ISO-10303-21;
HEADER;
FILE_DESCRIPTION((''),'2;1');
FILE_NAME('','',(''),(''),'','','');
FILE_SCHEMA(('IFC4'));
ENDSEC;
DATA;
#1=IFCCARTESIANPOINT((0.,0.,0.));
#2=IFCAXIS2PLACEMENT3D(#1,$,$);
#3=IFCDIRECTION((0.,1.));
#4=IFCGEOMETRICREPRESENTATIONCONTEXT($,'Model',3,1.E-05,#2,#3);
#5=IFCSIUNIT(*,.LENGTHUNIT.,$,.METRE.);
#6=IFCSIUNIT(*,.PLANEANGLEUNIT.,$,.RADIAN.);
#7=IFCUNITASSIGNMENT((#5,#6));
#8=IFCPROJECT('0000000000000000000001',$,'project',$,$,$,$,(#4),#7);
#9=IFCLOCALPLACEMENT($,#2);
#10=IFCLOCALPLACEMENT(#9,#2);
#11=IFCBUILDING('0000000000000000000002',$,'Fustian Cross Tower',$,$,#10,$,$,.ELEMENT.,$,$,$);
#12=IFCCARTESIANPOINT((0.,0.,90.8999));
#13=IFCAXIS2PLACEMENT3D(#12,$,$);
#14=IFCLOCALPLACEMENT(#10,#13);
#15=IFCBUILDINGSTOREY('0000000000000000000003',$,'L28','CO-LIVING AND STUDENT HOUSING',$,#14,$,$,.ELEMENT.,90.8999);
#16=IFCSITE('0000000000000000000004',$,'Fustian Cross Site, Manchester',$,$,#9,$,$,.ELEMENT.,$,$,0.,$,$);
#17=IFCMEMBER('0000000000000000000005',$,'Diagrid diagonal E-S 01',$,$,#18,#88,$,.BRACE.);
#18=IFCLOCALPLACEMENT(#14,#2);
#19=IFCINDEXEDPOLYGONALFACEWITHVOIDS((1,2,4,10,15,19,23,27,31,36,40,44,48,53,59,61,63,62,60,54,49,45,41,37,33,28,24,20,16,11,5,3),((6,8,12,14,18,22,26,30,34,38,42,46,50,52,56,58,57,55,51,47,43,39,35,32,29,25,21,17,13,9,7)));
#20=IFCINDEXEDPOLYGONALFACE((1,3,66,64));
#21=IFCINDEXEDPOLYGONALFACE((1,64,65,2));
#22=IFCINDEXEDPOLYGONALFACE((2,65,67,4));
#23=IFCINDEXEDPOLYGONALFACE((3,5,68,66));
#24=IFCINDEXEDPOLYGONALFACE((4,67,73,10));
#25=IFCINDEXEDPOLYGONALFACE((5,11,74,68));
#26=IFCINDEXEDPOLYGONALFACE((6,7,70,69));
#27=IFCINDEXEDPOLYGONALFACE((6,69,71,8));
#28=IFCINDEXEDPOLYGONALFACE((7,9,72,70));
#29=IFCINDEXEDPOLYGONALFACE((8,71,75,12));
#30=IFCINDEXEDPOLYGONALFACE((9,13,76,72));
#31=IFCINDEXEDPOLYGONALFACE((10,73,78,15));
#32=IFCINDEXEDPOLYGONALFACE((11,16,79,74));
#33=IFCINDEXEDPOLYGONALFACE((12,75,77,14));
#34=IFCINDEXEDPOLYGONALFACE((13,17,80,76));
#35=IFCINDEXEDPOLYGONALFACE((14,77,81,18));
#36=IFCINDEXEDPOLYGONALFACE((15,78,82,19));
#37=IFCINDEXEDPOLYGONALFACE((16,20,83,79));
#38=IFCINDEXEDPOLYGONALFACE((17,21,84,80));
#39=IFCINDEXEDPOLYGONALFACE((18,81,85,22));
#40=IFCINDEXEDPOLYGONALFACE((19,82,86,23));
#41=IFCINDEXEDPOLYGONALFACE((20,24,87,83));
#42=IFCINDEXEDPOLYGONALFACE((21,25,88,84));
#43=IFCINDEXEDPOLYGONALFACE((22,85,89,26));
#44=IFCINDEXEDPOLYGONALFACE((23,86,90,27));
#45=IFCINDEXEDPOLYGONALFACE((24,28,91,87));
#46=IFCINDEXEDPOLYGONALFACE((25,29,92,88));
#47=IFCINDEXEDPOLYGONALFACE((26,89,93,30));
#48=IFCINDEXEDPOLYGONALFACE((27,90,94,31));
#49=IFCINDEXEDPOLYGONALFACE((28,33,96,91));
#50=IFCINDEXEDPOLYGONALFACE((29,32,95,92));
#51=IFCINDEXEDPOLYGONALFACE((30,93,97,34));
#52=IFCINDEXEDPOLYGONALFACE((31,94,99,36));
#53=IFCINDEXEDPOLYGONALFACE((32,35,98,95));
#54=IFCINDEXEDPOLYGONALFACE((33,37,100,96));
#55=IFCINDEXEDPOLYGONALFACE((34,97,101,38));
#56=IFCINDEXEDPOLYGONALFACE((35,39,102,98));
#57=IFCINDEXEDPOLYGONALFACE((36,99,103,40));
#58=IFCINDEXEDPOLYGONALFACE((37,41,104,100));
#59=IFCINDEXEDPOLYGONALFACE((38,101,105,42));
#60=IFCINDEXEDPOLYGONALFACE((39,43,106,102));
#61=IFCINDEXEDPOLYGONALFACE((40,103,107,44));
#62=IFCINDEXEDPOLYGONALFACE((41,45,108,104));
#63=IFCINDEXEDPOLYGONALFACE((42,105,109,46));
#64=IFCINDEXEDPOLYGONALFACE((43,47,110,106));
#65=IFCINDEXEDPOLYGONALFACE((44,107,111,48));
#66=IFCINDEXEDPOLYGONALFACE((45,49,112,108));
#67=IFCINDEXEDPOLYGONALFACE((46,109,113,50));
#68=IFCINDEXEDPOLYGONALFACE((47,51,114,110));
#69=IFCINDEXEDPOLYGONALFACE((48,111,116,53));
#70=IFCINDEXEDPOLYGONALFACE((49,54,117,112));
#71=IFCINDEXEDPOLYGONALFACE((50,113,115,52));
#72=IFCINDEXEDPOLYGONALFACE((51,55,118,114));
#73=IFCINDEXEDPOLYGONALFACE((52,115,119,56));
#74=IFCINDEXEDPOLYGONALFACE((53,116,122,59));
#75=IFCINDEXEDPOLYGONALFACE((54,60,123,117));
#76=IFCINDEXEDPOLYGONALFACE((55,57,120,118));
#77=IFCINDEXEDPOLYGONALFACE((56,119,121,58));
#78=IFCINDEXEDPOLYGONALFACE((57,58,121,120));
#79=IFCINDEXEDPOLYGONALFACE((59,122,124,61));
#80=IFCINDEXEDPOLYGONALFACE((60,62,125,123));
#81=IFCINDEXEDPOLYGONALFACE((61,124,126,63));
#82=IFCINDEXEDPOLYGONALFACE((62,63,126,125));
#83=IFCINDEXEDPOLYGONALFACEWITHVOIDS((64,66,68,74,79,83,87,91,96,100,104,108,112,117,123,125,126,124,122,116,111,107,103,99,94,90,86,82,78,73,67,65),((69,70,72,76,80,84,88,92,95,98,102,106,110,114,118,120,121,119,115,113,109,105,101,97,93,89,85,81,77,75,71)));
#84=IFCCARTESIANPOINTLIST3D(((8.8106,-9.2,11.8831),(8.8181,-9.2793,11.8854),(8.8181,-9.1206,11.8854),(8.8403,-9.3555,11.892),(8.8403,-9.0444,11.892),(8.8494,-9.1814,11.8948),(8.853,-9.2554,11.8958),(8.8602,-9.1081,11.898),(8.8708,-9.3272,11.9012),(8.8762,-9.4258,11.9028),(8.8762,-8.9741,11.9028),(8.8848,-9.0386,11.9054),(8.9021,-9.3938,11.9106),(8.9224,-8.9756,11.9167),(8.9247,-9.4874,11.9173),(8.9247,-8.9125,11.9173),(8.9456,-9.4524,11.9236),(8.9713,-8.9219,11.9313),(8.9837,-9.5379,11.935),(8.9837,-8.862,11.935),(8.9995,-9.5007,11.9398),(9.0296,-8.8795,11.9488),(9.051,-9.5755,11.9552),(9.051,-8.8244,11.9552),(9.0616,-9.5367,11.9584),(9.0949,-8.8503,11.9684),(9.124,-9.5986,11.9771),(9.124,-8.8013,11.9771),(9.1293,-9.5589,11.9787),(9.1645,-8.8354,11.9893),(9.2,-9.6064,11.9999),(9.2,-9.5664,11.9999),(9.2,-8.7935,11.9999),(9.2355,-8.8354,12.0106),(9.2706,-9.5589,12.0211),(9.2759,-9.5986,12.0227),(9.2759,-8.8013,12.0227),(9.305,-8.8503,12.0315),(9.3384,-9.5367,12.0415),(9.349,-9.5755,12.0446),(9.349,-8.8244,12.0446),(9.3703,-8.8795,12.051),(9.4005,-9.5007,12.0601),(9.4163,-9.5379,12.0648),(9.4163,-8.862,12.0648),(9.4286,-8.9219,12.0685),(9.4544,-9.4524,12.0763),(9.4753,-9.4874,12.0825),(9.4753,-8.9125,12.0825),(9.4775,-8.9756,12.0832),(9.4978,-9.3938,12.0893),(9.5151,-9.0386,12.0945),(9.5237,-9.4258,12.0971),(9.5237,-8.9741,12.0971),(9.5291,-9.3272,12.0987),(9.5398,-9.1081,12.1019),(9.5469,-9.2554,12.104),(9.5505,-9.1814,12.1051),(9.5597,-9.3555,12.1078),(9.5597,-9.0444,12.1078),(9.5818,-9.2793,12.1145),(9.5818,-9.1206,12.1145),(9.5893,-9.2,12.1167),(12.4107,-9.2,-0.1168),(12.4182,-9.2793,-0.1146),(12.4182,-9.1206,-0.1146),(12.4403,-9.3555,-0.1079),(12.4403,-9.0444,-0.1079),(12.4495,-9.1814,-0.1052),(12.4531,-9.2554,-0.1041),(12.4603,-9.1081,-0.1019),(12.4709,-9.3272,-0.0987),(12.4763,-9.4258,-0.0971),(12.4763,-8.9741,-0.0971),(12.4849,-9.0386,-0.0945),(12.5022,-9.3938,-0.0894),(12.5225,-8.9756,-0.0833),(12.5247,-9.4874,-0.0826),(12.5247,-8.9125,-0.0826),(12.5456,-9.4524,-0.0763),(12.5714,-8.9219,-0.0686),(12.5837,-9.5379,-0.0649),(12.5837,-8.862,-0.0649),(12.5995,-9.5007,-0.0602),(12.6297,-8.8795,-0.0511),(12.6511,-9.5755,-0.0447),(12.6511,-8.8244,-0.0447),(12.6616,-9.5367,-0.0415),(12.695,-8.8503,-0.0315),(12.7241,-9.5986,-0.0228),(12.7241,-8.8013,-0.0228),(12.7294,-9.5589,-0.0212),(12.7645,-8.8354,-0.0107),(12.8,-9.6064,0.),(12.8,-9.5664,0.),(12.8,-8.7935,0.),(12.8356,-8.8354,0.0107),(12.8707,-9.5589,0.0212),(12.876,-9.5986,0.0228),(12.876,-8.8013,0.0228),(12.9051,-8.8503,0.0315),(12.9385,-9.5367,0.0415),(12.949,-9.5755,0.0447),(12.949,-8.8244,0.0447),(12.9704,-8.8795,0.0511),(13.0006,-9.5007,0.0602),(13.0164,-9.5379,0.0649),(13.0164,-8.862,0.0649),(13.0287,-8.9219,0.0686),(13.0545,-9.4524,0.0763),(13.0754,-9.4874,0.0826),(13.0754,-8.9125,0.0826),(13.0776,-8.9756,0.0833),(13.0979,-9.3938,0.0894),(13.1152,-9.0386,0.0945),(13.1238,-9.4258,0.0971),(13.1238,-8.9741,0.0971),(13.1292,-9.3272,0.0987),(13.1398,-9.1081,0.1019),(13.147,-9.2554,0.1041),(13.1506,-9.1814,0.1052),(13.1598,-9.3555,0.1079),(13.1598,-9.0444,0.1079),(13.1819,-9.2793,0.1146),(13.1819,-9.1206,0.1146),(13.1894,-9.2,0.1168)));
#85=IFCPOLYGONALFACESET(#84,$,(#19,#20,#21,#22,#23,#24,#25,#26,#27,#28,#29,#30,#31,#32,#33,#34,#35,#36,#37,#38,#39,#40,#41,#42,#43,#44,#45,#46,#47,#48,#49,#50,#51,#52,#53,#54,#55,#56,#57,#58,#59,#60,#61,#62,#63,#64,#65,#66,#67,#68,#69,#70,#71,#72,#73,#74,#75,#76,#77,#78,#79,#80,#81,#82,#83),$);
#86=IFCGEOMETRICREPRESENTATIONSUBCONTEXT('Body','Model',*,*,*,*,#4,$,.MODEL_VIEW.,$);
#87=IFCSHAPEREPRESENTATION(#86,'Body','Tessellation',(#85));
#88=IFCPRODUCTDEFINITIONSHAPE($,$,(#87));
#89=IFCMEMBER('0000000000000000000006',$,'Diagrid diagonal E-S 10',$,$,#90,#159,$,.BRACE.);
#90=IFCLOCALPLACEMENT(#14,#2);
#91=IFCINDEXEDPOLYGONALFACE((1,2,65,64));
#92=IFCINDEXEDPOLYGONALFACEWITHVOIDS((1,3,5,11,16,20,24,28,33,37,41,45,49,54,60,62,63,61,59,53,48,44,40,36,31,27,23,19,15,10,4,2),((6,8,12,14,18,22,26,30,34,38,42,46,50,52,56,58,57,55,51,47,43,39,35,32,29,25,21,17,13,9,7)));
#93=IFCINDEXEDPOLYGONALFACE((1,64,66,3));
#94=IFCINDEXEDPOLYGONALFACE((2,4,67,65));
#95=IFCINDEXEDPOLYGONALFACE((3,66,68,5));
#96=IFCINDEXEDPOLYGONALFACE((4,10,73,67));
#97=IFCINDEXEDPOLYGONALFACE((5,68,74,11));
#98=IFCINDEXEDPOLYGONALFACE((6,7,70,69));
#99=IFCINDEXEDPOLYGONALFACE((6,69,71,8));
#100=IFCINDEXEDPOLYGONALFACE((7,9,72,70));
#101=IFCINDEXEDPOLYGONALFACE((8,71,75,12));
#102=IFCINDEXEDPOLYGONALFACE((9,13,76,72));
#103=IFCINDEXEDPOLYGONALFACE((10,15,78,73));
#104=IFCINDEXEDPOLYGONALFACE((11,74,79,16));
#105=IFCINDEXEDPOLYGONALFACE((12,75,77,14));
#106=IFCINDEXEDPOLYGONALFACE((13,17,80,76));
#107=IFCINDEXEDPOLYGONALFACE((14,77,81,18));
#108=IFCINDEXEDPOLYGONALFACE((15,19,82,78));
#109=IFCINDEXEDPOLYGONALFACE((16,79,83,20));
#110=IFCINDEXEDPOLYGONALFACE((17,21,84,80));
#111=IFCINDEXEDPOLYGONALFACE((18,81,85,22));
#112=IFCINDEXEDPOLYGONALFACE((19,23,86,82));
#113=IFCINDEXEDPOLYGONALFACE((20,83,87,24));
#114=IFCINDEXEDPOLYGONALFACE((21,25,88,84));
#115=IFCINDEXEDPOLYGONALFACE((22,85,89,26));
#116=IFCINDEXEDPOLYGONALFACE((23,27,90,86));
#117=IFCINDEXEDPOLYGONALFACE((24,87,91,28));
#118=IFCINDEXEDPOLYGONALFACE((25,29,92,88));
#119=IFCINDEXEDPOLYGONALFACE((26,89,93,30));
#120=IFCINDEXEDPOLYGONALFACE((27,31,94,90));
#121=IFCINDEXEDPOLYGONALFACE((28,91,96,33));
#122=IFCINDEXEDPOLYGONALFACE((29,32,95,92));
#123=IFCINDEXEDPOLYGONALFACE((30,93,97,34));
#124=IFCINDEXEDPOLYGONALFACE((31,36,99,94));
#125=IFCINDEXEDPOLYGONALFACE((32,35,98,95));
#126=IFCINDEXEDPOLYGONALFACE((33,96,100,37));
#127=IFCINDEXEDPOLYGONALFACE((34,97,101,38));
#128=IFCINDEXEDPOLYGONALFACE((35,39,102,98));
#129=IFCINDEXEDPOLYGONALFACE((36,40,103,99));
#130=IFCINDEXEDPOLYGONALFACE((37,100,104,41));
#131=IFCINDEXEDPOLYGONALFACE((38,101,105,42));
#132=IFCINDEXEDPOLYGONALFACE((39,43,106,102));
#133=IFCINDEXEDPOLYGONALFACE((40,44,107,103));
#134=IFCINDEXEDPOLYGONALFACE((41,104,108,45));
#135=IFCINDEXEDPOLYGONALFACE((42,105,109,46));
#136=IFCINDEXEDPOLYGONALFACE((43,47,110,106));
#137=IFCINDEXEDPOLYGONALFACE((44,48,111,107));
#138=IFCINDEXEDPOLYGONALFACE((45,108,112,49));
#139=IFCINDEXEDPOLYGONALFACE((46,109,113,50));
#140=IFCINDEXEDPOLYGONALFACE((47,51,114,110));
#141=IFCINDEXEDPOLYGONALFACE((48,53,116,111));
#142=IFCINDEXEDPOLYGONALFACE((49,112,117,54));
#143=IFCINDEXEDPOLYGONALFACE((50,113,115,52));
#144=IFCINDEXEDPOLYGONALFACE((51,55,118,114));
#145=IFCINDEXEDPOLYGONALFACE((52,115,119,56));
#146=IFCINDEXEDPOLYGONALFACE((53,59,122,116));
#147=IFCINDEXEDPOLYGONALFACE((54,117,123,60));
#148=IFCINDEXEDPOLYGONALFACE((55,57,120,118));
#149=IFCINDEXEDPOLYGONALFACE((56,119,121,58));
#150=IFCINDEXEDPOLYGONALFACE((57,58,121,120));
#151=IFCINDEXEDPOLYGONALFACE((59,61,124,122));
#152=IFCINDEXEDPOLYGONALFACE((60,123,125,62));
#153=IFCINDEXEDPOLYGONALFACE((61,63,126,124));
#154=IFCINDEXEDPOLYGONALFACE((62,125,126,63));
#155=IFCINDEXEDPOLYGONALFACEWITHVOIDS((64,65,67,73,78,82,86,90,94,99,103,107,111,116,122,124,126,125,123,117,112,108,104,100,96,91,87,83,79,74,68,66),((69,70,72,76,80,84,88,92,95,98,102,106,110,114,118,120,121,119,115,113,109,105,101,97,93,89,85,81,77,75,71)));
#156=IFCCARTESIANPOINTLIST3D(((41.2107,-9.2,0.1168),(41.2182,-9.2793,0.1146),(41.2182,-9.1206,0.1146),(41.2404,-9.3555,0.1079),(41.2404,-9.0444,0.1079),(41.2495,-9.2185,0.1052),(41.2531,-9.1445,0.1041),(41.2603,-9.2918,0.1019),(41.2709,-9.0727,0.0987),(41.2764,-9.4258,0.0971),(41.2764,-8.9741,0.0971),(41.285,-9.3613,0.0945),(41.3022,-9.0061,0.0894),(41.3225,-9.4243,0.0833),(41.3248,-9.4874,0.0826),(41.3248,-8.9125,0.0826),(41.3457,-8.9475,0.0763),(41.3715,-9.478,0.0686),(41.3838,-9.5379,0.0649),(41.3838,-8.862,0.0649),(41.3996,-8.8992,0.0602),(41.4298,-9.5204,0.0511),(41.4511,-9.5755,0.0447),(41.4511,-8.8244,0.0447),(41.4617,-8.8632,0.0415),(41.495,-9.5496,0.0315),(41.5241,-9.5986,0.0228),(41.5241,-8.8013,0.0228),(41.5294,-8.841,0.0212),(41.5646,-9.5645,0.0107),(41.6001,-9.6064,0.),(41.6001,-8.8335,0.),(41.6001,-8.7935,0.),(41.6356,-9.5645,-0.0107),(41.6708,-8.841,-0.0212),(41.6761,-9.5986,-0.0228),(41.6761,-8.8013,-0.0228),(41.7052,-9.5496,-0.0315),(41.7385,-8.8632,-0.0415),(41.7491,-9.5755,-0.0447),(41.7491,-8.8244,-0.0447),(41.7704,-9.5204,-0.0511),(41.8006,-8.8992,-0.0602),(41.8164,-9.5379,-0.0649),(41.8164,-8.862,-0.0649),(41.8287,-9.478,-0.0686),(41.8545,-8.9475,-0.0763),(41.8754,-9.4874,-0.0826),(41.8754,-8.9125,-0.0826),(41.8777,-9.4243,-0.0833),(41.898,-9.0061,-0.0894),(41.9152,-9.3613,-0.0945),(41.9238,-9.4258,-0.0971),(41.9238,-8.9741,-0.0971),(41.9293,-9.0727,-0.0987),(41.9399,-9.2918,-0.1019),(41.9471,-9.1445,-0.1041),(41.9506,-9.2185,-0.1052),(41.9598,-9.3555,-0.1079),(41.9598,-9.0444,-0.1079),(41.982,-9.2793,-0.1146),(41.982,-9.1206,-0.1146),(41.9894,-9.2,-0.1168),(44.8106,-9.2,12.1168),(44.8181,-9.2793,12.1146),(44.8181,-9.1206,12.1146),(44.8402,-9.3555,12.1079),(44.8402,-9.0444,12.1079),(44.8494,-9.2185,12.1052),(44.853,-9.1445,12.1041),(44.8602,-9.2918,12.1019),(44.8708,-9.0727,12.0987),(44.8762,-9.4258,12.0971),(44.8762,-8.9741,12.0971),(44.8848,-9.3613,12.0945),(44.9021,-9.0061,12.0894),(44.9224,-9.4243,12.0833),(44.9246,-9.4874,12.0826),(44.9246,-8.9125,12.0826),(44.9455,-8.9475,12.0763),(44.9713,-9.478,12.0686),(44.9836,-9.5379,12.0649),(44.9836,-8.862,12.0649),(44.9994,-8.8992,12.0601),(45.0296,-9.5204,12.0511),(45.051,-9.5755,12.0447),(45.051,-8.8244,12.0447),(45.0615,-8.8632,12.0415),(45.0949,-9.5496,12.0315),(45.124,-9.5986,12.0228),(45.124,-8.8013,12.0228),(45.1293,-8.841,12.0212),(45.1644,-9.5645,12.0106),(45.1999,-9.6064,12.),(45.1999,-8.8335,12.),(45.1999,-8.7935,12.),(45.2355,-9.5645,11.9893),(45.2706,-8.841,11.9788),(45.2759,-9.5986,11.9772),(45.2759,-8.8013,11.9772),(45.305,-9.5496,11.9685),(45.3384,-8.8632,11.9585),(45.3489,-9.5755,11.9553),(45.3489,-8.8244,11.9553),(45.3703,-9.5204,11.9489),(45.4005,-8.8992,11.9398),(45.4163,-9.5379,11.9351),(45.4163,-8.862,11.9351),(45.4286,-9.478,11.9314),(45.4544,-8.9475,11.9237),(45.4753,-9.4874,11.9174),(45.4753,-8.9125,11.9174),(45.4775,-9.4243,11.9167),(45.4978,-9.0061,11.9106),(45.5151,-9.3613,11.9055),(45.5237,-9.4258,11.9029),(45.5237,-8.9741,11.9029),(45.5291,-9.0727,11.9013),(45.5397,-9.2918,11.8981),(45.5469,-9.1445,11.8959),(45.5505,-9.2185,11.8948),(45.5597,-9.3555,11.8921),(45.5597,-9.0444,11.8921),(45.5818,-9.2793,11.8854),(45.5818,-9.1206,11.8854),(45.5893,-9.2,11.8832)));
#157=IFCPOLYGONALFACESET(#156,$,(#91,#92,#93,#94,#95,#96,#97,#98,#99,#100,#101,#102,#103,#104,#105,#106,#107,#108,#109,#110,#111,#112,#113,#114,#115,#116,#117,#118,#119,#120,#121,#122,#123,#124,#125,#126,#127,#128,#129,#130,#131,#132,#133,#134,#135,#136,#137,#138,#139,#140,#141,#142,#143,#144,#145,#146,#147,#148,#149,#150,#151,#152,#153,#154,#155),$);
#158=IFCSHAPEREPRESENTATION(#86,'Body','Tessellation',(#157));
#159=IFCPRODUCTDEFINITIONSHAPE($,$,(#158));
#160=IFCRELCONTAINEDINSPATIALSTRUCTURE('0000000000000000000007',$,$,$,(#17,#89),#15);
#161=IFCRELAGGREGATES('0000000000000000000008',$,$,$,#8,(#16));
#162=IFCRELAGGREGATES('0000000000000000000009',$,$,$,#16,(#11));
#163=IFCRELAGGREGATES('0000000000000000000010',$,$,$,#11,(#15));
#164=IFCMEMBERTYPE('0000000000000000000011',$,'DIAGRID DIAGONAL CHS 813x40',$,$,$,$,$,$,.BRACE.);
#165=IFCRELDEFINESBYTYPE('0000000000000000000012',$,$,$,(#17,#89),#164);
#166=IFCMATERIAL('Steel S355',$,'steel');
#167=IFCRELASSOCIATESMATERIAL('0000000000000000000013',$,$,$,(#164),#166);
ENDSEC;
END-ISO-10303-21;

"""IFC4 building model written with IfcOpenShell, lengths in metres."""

from ifc_helpers import new_model, si_unit, direction, frame, origin, origin_2d, place, context, subcontext, project, spatial, hollow_circle, extrude, material, material_profile, profile_set, type_object, element, save


model = new_model("IFC4")

# Units and contexts
model_context = context("Model", 3, precision=1e-05, world=origin(), true_north=direction((0.0, 1.0)))
body_context = subcontext(model_context, "Body", "Model", "MODEL_VIEW")
ifc_project = project(units=[si_unit("LENGTHUNIT", "METRE"), si_unit("PLANEANGLEUNIT", "RADIAN")], contexts=[model_context])

# Site, building, storey
site_placement = place(None, origin())
site = spatial("IfcSite", under=ifc_project, at=site_placement, Name="Fustian Cross Site, Manchester", CompositionType="ELEMENT", RefElevation=0.0)
building_placement = place(site_placement, origin())
building = spatial("IfcBuilding", under=site, at=building_placement, Name="Fustian Cross Tower", CompositionType="ELEMENT")
storey_placement = place(building_placement, frame((0.0, 0.0, 90.8999)))
storey = spatial("IfcBuildingStorey", under=building, at=storey_placement, Name="L28", Description="CO-LIVING AND STUDENT HOUSING", CompositionType="ELEMENT", Elevation=90.8999)

# Members
ifc_material_1 = material(Name="Steel S355", Category="steel")
ifc_material_profile_1 = material_profile(ifc_material_1, hollow_circle(Radius=0.4065, WallThickness=0.04, at=origin_2d()), Name="CHS 813x40")
ifc_profile_set_1 = profile_set([ifc_material_profile_1], Name="Steel S355")
member_type_1 = type_object("IfcMemberType", Name="DIAGRID DIAGONAL CHS 813x40", PredefinedType="BRACE", material=ifc_profile_set_1)
for number, where, z_axis, x_axis, name in (
    (1, (12.8, -9.2, 0.0), (-0.287355, 0.0, 0.957824), (0.0, -1.0, 0.0), "Diagrid diagonal E-S 01"),
    (2, (41.6001, -9.2, 0.0), (0.287337, 0.0, 0.95783), (0.0, 1.0, 0.0), "Diagrid diagonal E-S 10"),
):
    element("IfcMember", number, at=place(storey_placement, frame(where, z_axis=z_axis, x_axis=x_axis)), inside=storey, type_object=member_type_1, Name=name, PredefinedType="BRACE", context=body_context, shape_type="SweptSolid", body=[
        extrude(hollow_circle(Radius=0.4065, WallThickness=0.04, at=origin_2d()), origin(), (0.0, 0.0, 1.0), 12.5283),
    ])

save(model, "model.ifc")
